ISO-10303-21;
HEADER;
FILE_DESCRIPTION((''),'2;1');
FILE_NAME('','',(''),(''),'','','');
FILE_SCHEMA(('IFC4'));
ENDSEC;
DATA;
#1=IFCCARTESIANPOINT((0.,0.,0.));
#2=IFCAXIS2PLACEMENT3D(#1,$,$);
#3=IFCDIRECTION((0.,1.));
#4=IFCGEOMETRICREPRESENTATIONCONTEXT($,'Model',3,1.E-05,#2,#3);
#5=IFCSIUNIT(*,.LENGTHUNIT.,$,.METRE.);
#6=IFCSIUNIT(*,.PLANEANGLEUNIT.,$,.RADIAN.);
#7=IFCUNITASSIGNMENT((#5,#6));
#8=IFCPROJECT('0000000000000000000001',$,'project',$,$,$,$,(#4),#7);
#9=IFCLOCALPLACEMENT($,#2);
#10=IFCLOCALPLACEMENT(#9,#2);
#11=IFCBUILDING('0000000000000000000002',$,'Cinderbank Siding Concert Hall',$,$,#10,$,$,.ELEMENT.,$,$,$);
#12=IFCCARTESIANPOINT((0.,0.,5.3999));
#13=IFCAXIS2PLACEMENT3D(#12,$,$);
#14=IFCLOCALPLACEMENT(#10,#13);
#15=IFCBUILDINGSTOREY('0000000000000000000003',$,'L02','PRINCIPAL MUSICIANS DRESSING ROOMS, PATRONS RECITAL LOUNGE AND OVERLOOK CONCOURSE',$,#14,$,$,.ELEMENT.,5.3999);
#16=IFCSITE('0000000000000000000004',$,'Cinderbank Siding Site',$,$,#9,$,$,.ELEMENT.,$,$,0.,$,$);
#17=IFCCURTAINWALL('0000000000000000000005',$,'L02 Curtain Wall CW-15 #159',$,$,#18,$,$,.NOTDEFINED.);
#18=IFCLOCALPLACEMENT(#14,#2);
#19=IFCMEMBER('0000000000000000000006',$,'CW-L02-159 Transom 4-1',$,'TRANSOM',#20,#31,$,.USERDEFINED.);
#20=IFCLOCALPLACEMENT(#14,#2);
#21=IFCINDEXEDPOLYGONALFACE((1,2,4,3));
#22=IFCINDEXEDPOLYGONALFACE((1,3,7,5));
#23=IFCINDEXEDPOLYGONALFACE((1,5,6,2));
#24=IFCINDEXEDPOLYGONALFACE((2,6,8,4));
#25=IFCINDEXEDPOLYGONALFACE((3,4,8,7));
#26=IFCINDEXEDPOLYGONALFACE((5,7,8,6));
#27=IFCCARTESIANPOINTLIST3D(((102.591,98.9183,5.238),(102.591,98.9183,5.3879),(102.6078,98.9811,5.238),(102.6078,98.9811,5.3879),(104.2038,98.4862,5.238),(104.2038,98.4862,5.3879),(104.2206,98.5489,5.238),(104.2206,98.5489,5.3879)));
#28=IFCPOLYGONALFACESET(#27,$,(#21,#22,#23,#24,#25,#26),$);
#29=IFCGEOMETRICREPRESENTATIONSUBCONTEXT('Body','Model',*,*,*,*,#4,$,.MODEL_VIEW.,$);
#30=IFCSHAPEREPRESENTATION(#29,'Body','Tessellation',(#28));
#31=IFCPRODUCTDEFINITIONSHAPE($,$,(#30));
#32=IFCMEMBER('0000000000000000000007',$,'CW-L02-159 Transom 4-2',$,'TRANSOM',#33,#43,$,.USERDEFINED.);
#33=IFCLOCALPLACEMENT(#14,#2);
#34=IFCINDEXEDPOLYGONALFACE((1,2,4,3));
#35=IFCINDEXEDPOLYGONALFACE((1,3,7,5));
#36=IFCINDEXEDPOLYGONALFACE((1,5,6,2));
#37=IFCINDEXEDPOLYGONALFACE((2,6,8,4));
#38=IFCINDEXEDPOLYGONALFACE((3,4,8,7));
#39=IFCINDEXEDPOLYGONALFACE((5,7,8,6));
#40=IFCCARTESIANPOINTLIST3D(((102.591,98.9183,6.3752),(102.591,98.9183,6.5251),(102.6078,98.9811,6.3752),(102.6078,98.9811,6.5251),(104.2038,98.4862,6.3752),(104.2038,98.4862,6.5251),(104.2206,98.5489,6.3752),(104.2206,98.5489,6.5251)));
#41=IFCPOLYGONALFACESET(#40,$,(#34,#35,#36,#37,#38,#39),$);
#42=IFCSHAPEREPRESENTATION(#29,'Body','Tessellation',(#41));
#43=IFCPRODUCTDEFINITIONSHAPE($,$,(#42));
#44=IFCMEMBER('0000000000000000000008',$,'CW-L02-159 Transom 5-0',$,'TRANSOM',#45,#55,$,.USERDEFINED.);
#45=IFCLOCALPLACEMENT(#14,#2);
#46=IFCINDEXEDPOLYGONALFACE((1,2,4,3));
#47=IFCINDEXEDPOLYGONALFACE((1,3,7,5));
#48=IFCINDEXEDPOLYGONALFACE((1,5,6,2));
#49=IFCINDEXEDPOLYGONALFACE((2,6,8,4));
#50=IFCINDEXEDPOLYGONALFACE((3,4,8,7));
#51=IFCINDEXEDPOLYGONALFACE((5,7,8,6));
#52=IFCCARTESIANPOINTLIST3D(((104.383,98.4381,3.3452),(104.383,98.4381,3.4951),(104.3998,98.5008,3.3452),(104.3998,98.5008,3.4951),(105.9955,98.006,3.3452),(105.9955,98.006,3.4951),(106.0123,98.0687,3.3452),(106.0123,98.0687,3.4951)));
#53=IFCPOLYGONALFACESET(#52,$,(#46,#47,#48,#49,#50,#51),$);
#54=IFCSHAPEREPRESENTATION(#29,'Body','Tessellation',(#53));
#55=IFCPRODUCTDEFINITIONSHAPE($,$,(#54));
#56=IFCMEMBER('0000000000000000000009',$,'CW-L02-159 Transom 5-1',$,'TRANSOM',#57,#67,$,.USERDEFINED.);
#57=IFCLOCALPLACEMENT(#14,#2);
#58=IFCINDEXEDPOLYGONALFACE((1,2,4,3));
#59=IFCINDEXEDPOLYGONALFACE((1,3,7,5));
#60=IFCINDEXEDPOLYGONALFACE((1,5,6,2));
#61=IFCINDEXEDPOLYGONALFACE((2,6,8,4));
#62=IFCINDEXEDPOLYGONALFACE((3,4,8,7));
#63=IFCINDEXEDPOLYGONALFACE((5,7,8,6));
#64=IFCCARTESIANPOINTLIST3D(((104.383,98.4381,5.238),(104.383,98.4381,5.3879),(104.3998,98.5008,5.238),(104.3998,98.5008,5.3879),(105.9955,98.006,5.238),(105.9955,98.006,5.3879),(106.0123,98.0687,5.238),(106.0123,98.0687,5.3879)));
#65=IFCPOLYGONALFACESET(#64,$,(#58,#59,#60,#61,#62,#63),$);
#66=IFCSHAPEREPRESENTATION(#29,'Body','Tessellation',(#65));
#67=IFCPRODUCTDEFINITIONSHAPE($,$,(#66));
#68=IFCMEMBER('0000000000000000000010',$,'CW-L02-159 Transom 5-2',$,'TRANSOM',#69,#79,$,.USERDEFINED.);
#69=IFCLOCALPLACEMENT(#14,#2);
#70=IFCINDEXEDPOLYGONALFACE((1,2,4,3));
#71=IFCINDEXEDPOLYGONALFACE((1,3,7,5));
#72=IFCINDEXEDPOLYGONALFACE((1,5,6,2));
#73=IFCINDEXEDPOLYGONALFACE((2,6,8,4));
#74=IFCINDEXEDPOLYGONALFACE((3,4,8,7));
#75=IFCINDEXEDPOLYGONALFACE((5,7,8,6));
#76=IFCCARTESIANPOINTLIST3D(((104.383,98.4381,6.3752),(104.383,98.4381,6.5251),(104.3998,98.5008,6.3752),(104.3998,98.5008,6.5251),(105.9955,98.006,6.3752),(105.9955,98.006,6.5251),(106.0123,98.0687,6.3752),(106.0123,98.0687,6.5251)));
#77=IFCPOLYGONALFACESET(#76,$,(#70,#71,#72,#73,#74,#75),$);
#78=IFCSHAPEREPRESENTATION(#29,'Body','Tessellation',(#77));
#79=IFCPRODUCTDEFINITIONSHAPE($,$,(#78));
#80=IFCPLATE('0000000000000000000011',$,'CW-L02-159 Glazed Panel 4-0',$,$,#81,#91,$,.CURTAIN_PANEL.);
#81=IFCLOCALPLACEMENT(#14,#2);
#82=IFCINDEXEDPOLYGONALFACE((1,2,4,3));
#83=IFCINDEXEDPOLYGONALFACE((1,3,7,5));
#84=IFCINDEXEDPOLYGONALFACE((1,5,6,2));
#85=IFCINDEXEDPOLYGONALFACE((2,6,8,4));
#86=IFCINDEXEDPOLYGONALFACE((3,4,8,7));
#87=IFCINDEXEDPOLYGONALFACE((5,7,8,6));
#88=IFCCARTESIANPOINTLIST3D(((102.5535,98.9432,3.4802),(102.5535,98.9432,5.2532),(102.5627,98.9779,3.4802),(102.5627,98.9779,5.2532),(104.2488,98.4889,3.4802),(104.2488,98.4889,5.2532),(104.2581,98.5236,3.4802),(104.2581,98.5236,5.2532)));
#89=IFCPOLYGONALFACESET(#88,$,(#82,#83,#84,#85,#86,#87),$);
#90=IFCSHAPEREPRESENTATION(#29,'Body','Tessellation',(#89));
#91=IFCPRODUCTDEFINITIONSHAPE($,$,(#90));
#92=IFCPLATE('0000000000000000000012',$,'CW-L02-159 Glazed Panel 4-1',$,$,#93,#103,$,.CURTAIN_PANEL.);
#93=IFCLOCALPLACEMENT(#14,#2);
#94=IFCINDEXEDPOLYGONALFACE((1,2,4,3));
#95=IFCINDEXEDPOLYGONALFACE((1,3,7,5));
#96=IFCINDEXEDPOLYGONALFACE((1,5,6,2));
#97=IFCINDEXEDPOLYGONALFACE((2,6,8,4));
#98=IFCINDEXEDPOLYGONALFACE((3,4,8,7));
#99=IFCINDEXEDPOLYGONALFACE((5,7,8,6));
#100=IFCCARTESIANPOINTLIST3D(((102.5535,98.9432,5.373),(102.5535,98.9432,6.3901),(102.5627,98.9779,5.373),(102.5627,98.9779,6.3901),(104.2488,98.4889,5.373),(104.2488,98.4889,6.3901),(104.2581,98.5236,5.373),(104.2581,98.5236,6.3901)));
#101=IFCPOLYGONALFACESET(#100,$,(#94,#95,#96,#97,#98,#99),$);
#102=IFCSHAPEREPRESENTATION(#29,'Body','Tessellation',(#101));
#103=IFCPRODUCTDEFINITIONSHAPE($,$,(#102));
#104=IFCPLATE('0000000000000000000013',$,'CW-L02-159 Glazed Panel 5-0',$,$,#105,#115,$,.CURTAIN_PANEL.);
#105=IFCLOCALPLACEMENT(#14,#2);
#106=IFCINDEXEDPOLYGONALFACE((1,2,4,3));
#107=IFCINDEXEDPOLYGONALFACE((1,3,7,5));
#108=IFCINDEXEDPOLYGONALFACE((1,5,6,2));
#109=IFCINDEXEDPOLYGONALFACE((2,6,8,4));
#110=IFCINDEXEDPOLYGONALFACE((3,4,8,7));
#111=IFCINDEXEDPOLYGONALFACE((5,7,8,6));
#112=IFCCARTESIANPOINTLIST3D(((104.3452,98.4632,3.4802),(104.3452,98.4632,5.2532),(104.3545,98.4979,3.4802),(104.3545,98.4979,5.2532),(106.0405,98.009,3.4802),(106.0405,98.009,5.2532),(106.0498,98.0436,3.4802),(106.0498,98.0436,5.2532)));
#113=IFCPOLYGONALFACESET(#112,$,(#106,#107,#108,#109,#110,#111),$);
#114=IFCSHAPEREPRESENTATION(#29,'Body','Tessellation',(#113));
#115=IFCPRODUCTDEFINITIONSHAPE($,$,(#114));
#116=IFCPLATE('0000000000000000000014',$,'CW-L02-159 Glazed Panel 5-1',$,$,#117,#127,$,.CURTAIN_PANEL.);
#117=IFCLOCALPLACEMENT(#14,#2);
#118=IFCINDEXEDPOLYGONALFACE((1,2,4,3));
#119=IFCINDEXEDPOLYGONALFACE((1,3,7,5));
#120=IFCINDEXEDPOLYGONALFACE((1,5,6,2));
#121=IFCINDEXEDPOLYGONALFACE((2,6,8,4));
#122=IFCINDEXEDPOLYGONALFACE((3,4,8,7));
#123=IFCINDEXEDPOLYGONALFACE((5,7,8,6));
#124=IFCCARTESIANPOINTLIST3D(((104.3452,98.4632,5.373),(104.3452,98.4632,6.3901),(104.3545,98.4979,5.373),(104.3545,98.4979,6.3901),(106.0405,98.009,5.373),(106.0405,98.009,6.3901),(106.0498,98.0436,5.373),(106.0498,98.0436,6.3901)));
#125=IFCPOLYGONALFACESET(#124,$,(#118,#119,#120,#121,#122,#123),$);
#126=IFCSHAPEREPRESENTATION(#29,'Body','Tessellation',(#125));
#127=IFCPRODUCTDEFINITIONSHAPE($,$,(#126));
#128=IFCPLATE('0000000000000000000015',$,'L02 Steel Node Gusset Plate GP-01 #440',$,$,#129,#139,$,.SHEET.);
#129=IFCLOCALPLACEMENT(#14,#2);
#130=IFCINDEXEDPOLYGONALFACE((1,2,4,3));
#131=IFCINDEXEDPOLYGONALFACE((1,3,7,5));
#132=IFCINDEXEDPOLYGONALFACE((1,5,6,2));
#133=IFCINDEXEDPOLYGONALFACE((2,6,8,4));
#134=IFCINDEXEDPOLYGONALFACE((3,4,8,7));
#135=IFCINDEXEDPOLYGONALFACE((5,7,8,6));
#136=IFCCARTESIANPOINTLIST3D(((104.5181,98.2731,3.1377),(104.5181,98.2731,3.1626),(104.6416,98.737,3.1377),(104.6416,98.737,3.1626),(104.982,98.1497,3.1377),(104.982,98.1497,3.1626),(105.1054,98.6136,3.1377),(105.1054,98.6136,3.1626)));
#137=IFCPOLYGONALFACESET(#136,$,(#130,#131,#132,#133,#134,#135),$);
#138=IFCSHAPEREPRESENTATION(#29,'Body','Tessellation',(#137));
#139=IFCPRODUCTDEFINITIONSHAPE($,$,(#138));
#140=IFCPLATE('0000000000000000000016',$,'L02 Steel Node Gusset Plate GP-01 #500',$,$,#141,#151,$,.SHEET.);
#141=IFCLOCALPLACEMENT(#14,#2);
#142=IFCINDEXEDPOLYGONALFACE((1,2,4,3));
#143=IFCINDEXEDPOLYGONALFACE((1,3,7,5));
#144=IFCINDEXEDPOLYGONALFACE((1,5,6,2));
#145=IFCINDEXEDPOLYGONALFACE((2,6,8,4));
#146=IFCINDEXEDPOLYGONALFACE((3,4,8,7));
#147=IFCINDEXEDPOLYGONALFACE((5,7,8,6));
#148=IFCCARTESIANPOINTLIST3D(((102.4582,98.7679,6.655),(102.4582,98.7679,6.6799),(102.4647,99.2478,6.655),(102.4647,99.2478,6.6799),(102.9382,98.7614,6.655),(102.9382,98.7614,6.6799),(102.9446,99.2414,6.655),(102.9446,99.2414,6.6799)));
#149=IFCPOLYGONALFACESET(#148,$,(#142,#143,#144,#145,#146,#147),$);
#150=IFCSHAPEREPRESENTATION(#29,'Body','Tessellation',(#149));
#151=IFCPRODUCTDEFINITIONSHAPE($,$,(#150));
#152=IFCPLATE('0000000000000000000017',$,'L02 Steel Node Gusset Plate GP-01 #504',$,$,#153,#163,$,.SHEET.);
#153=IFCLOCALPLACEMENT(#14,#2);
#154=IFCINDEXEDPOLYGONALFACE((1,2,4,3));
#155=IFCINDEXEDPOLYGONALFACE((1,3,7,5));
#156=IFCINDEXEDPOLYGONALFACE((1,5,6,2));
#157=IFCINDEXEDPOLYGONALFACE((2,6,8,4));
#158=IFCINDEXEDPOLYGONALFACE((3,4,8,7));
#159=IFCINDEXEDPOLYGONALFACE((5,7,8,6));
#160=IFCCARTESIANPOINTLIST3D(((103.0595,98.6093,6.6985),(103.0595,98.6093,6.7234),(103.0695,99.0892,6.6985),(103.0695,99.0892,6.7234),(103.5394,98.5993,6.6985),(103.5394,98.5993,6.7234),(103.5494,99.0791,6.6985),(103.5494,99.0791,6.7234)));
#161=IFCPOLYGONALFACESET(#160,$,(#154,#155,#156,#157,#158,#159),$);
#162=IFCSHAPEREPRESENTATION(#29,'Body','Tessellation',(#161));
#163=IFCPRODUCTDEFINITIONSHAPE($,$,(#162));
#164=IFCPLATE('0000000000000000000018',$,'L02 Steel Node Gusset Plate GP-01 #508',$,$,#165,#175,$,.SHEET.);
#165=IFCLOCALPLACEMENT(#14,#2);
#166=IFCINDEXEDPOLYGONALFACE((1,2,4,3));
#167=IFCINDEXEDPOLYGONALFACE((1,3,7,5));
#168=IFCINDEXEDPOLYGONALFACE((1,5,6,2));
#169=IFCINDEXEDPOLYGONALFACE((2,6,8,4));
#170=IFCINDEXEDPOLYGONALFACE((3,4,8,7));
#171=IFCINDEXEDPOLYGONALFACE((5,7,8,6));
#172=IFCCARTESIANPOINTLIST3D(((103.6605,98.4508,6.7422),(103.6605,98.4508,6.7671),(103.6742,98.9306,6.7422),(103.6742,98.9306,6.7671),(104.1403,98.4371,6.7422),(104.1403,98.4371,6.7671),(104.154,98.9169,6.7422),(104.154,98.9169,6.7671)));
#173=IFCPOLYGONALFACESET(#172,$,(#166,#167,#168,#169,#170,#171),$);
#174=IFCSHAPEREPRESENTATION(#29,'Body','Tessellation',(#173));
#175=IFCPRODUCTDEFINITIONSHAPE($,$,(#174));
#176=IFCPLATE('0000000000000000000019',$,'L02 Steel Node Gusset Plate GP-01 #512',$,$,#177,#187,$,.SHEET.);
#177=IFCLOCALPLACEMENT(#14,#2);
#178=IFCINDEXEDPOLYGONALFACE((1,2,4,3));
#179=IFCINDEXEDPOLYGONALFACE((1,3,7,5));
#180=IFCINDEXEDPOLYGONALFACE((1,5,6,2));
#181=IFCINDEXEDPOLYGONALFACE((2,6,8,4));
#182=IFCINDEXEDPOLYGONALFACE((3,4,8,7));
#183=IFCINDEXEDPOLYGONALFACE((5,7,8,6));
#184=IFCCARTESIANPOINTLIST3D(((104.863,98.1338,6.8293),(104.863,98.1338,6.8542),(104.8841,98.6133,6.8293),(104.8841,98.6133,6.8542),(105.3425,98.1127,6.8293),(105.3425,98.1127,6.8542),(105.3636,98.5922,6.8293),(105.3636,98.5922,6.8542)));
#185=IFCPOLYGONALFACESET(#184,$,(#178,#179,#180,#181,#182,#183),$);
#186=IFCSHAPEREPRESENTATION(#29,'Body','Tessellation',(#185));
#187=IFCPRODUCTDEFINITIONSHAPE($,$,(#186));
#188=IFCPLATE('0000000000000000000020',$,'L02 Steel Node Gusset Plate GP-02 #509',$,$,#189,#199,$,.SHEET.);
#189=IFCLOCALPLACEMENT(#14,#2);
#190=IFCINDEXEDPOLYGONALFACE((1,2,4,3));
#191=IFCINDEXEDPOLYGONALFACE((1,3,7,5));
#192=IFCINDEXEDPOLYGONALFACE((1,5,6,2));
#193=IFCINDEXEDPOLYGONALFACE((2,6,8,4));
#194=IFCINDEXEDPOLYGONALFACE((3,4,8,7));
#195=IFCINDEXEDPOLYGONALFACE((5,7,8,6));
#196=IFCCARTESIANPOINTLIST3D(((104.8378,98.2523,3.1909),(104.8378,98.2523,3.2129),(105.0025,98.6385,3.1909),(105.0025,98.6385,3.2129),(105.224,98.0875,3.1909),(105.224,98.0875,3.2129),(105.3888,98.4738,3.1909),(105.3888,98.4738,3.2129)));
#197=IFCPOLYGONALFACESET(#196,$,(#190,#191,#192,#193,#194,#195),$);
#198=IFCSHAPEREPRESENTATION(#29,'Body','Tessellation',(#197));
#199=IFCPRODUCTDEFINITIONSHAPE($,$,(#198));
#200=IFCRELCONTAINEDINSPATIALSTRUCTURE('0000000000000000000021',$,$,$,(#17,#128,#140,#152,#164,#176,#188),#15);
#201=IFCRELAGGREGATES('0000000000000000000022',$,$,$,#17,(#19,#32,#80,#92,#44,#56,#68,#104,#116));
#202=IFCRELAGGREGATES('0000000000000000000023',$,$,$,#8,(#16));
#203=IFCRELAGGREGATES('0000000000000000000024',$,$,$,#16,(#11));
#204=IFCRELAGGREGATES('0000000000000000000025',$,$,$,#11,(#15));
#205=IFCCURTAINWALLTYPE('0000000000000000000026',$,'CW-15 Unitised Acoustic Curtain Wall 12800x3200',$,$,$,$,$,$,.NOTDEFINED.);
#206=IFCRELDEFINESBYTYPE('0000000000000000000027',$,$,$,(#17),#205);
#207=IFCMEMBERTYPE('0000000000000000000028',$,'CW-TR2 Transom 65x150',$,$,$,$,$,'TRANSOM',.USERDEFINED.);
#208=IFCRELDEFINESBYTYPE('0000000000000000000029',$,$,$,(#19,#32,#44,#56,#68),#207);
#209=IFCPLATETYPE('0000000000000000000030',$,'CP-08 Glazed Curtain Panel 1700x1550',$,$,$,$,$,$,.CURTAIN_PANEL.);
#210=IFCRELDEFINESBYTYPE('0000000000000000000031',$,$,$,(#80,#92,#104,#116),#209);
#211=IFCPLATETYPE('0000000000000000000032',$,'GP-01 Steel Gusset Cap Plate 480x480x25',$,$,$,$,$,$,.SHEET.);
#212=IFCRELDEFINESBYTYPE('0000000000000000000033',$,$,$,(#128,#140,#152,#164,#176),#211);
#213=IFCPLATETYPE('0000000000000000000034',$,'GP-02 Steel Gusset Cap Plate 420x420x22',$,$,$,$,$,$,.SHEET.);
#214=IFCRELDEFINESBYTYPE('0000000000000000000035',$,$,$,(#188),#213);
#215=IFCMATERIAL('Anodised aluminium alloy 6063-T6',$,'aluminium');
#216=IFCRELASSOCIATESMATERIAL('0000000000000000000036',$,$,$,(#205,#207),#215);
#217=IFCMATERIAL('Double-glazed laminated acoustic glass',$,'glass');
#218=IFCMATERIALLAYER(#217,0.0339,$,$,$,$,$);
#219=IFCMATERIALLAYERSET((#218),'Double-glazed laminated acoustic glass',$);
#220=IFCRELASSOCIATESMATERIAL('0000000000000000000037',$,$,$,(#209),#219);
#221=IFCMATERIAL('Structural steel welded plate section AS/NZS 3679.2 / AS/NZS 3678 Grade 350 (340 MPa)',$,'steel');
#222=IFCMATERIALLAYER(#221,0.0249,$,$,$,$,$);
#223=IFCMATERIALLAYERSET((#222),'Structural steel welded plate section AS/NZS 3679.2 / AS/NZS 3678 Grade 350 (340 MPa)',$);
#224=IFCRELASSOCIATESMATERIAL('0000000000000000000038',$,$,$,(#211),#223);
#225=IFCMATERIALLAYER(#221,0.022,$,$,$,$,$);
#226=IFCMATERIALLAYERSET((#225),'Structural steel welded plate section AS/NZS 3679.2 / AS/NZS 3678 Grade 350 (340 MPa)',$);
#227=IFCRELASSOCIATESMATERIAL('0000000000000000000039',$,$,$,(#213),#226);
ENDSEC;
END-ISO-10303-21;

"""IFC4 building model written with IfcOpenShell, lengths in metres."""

from ifc_helpers import new_model, si_unit, direction, frame, origin, origin_2d, place, context, subcontext, project, spatial, rectangle, extrude, material, layer, layer_set, material_profile, profile_set, type_object, element, aggregate, save


model = new_model("IFC4")

# Units and contexts
model_context = context("Model", 3, precision=1e-05, world=origin(), true_north=direction((0.0, 1.0)))
body_context = subcontext(model_context, "Body", "Model", "MODEL_VIEW")
ifc_project = project(units=[si_unit("LENGTHUNIT", "METRE"), si_unit("PLANEANGLEUNIT", "RADIAN")], contexts=[model_context])

# Site, building, storey
site_placement = place(None, origin())
site = spatial("IfcSite", under=ifc_project, at=site_placement, Name="Cinderbank Siding Site", CompositionType="ELEMENT", RefElevation=0.0)
building_placement = place(site_placement, origin())
building = spatial("IfcBuilding", under=site, at=building_placement, Name="Cinderbank Siding Concert Hall", CompositionType="ELEMENT")
storey_placement = place(building_placement, frame((0.0, 0.0, 5.3999)))
storey = spatial("IfcBuildingStorey", under=building, at=storey_placement, Name="L02", Description="PRINCIPAL MUSICIANS DRESSING ROOMS, PATRONS RECITAL LOUNGE AND OVERLOOK CONCOURSE", CompositionType="ELEMENT", Elevation=5.3999)

# Curtain wall, members, plates
ifc_material_1 = material(Name="Anodised aluminium alloy 6063-T6", Category="aluminium")
curtain_wall_type = type_object("IfcCurtainWallType", Name="CW-15 Unitised Acoustic Curtain Wall 12800x3200", PredefinedType="NOTDEFINED", material=ifc_material_1)
curtain_wall_placement = place(storey_placement, origin())
curtain_wall = element("IfcCurtainWall", 1, at=curtain_wall_placement, inside=storey, type_object=curtain_wall_type, Name="L02 Curtain Wall CW-15 #159", PredefinedType="NOTDEFINED")
ifc_material_profile_1 = material_profile(ifc_material_1, rectangle(XDim=0.0649, YDim=0.1499, at=origin_2d()), Name="ALU-TRAN-65x150", Category="LoadBearing")
ifc_profile_set_1 = profile_set([ifc_material_profile_1], Name="Anodised aluminium alloy 6063-T6")
member_type_1 = type_object("IfcMemberType", Name="CW-TR2 Transom 65x150", ElementType="TRANSOM", PredefinedType="USERDEFINED", material=ifc_profile_set_1)
member_1_placement = place(storey_placement, frame((102.5994, 98.9497, 5.313), z_axis=(0.965928, -0.258809, 0.0), x_axis=(0.258809, 0.965928, 0.0)))
member_1 = element("IfcMember", 2, at=member_1_placement, type_object=member_type_1, Name="CW-L02-159 Transom 4-1", ObjectType="TRANSOM", PredefinedType="USERDEFINED", context=body_context, shape_type="SweptSolid", body=[
    extrude(rectangle(XDim=0.0649, YDim=0.1499, at=origin_2d()), origin(), (0.0, 0.0, 1.0), 1.6697),
])
member_2_placement = place(storey_placement, frame((102.5994, 98.9497, 6.4502), z_axis=(0.965928, -0.258809, 0.0), x_axis=(0.258809, 0.965928, 0.0)))
member_2 = element("IfcMember", 3, at=member_2_placement, type_object=member_type_1, Name="CW-L02-159 Transom 4-2", ObjectType="TRANSOM", PredefinedType="USERDEFINED", context=body_context, shape_type="SweptSolid", body=[
    extrude(rectangle(XDim=0.0649, YDim=0.1499, at=origin_2d()), origin(), (0.0, 0.0, 1.0), 1.6697),
])
member_3_placement = place(storey_placement, frame((104.3914, 98.4695, 3.4202), z_axis=(0.965919, -0.258846, 0.0), x_axis=(0.258846, 0.965919, 0.0)))
member_3 = element("IfcMember", 4, at=member_3_placement, type_object=member_type_1, Name="CW-L02-159 Transom 5-0", ObjectType="TRANSOM", PredefinedType="USERDEFINED", context=body_context, shape_type="SweptSolid", body=[
    extrude(rectangle(XDim=0.0649, YDim=0.1499, at=origin_2d()), origin(), (0.0, 0.0, 1.0), 1.6694),
])
member_4_placement = place(storey_placement, frame((104.3914, 98.4695, 5.313), z_axis=(0.965919, -0.258846, 0.0), x_axis=(0.258846, 0.965919, 0.0)))
member_4 = element("IfcMember", 5, at=member_4_placement, type_object=member_type_1, Name="CW-L02-159 Transom 5-1", ObjectType="TRANSOM", PredefinedType="USERDEFINED", context=body_context, shape_type="SweptSolid", body=[
    extrude(rectangle(XDim=0.0649, YDim=0.1499, at=origin_2d()), origin(), (0.0, 0.0, 1.0), 1.6694),
])
member_5_placement = place(storey_placement, frame((104.3914, 98.4695, 6.4502), z_axis=(0.965919, -0.258846, 0.0), x_axis=(0.258846, 0.965919, 0.0)))
member_5 = element("IfcMember", 6, at=member_5_placement, type_object=member_type_1, Name="CW-L02-159 Transom 5-2", ObjectType="TRANSOM", PredefinedType="USERDEFINED", context=body_context, shape_type="SweptSolid", body=[
    extrude(rectangle(XDim=0.0649, YDim=0.1499, at=origin_2d()), origin(), (0.0, 0.0, 1.0), 1.6694),
])
ifc_material_2 = material(Name="Double-glazed laminated acoustic glass", Category="glass")
ifc_layer_1 = layer(ifc_material_2, 0.0339)
ifc_layer_set_1 = layer_set([ifc_layer_1], Name="Double-glazed laminated acoustic glass")
plate_type_1 = type_object("IfcPlateType", Name="CP-08 Glazed Curtain Panel 1700x1550", PredefinedType="CURTAIN_PANEL", material=ifc_layer_set_1)
plate_1_placement = place(storey_placement, frame((103.4058, 98.7334, 3.4802), z_axis=(0.0, 0.0, 1.0), x_axis=(0.965926, -0.258818, 0.0)))
plate_1 = element("IfcPlate", 7, at=plate_1_placement, type_object=plate_type_1, Name="CW-L02-159 Glazed Panel 4-0", PredefinedType="CURTAIN_PANEL", context=body_context, shape_type="SweptSolid", body=[
    extrude(rectangle(XDim=1.7551, YDim=0.0359, at=origin_2d()), origin(), (0.0, 0.0, 1.0), 1.7729),
])
plate_2_placement = place(storey_placement, frame((103.4058, 98.7334, 5.373), z_axis=(0.0, 0.0, 1.0), x_axis=(0.965926, -0.258818, 0.0)))
plate_2 = element("IfcPlate", 8, at=plate_2_placement, type_object=plate_type_1, Name="CW-L02-159 Glazed Panel 4-1", PredefinedType="CURTAIN_PANEL", context=body_context, shape_type="SweptSolid", body=[
    extrude(rectangle(XDim=1.7551, YDim=0.0359, at=origin_2d()), origin(), (0.0, 0.0, 1.0), 1.0171),
])
plate_3_placement = place(storey_placement, frame((105.1975, 98.2534, 3.4802), z_axis=(0.0, 0.0, 1.0), x_axis=(0.965926, -0.258818, 0.0)))
plate_3 = element("IfcPlate", 9, at=plate_3_placement, type_object=plate_type_1, Name="CW-L02-159 Glazed Panel 5-0", PredefinedType="CURTAIN_PANEL", context=body_context, shape_type="SweptSolid", body=[
    extrude(rectangle(XDim=1.7551, YDim=0.0359, at=origin_2d()), origin(), (0.0, 0.0, 1.0), 1.7729),
])
plate_4_placement = place(storey_placement, frame((105.1975, 98.2534, 5.373), z_axis=(0.0, 0.0, 1.0), x_axis=(0.965926, -0.258818, 0.0)))
plate_4 = element("IfcPlate", 10, at=plate_4_placement, type_object=plate_type_1, Name="CW-L02-159 Glazed Panel 5-1", PredefinedType="CURTAIN_PANEL", context=body_context, shape_type="SweptSolid", body=[
    extrude(rectangle(XDim=1.7551, YDim=0.0359, at=origin_2d()), origin(), (0.0, 0.0, 1.0), 1.0171),
])
aggregate(curtain_wall, [member_1, member_2, plate_1, plate_2, member_3, member_4, member_5, plate_3, plate_4])

# Plates
ifc_material_3 = material(Name="Structural steel welded plate section AS/NZS 3679.2 / AS/NZS 3678 Grade 350 (340 MPa)", Category="steel")
ifc_layer_2 = layer(ifc_material_3, 0.0249)
ifc_layer_set_2 = layer_set([ifc_layer_2], Name="Structural steel welded plate section AS/NZS 3679.2 / AS/NZS 3678 Grade 350 (340 MPa)")
plate_type_2 = type_object("IfcPlateType", Name="GP-01 Steel Gusset Cap Plate 480x480x25", PredefinedType="SHEET", material=ifc_layer_set_2)
for number, where, z_axis, x_axis, name in (
    (11, (104.8118, 98.4434, 3.1377), (0.0, 0.0, 1.0), (0.966376, -0.257133, 0.0), "L02 Steel Node Gusset Plate GP-01 #440"),
    (12, (102.7014, 99.0046, 6.655), (0.0, 0.0, 1.0), (-0.013439, -0.99991, 0.0), "L02 Steel Node Gusset Plate GP-01 #500"),
    (13, (103.3044, 98.8442, 6.6985), (0.0, 0.0, 1.0), (-0.020942, -0.999781, 0.0), "L02 Steel Node Gusset Plate GP-01 #504"),
    (14, (103.9072, 98.6838, 6.7422), (0.0, 0.0, 1.0), (-0.028619, -0.99959, 0.0), "L02 Steel Node Gusset Plate GP-01 #508"),
    (15, (105.1133, 98.363, 6.8293), (0.0, 0.0, 1.0), (-0.043968, -0.999033, 0.0), "L02 Steel Node Gusset Plate GP-01 #512"),
):
    element("IfcPlate", number, at=place(storey_placement, frame(where, z_axis=z_axis, x_axis=x_axis)), inside=storey, type_object=plate_type_2, Name=name, PredefinedType="SHEET", context=body_context, shape_type="SweptSolid", body=[
        extrude(rectangle(XDim=0.48, YDim=0.48, at=origin_2d()), origin(), (0.0, 0.0, 1.0), 0.0249),
    ])
ifc_layer_3 = layer(ifc_material_3, 0.022)
ifc_layer_set_3 = layer_set([ifc_layer_3], Name="Structural steel welded plate section AS/NZS 3679.2 / AS/NZS 3678 Grade 350 (340 MPa)")
plate_type_3 = type_object("IfcPlateType", Name="GP-02 Steel Gusset Cap Plate 420x420x22", PredefinedType="SHEET", material=ifc_layer_set_3)
plate_5_placement = place(storey_placement, frame((105.1133, 98.363, 3.1909), z_axis=(0.0, 0.0, 1.0), x_axis=(0.392337, 0.919821, 0.0)))
element("IfcPlate", 16, at=plate_5_placement, inside=storey, type_object=plate_type_3, Name="L02 Steel Node Gusset Plate GP-02 #509", PredefinedType="SHEET", context=body_context, shape_type="SweptSolid", body=[
    extrude(rectangle(XDim=0.4199, YDim=0.4199, at=origin_2d()), origin(), (0.0, 0.0, 1.0), 0.022),
])

save(model, "model.ifc")
